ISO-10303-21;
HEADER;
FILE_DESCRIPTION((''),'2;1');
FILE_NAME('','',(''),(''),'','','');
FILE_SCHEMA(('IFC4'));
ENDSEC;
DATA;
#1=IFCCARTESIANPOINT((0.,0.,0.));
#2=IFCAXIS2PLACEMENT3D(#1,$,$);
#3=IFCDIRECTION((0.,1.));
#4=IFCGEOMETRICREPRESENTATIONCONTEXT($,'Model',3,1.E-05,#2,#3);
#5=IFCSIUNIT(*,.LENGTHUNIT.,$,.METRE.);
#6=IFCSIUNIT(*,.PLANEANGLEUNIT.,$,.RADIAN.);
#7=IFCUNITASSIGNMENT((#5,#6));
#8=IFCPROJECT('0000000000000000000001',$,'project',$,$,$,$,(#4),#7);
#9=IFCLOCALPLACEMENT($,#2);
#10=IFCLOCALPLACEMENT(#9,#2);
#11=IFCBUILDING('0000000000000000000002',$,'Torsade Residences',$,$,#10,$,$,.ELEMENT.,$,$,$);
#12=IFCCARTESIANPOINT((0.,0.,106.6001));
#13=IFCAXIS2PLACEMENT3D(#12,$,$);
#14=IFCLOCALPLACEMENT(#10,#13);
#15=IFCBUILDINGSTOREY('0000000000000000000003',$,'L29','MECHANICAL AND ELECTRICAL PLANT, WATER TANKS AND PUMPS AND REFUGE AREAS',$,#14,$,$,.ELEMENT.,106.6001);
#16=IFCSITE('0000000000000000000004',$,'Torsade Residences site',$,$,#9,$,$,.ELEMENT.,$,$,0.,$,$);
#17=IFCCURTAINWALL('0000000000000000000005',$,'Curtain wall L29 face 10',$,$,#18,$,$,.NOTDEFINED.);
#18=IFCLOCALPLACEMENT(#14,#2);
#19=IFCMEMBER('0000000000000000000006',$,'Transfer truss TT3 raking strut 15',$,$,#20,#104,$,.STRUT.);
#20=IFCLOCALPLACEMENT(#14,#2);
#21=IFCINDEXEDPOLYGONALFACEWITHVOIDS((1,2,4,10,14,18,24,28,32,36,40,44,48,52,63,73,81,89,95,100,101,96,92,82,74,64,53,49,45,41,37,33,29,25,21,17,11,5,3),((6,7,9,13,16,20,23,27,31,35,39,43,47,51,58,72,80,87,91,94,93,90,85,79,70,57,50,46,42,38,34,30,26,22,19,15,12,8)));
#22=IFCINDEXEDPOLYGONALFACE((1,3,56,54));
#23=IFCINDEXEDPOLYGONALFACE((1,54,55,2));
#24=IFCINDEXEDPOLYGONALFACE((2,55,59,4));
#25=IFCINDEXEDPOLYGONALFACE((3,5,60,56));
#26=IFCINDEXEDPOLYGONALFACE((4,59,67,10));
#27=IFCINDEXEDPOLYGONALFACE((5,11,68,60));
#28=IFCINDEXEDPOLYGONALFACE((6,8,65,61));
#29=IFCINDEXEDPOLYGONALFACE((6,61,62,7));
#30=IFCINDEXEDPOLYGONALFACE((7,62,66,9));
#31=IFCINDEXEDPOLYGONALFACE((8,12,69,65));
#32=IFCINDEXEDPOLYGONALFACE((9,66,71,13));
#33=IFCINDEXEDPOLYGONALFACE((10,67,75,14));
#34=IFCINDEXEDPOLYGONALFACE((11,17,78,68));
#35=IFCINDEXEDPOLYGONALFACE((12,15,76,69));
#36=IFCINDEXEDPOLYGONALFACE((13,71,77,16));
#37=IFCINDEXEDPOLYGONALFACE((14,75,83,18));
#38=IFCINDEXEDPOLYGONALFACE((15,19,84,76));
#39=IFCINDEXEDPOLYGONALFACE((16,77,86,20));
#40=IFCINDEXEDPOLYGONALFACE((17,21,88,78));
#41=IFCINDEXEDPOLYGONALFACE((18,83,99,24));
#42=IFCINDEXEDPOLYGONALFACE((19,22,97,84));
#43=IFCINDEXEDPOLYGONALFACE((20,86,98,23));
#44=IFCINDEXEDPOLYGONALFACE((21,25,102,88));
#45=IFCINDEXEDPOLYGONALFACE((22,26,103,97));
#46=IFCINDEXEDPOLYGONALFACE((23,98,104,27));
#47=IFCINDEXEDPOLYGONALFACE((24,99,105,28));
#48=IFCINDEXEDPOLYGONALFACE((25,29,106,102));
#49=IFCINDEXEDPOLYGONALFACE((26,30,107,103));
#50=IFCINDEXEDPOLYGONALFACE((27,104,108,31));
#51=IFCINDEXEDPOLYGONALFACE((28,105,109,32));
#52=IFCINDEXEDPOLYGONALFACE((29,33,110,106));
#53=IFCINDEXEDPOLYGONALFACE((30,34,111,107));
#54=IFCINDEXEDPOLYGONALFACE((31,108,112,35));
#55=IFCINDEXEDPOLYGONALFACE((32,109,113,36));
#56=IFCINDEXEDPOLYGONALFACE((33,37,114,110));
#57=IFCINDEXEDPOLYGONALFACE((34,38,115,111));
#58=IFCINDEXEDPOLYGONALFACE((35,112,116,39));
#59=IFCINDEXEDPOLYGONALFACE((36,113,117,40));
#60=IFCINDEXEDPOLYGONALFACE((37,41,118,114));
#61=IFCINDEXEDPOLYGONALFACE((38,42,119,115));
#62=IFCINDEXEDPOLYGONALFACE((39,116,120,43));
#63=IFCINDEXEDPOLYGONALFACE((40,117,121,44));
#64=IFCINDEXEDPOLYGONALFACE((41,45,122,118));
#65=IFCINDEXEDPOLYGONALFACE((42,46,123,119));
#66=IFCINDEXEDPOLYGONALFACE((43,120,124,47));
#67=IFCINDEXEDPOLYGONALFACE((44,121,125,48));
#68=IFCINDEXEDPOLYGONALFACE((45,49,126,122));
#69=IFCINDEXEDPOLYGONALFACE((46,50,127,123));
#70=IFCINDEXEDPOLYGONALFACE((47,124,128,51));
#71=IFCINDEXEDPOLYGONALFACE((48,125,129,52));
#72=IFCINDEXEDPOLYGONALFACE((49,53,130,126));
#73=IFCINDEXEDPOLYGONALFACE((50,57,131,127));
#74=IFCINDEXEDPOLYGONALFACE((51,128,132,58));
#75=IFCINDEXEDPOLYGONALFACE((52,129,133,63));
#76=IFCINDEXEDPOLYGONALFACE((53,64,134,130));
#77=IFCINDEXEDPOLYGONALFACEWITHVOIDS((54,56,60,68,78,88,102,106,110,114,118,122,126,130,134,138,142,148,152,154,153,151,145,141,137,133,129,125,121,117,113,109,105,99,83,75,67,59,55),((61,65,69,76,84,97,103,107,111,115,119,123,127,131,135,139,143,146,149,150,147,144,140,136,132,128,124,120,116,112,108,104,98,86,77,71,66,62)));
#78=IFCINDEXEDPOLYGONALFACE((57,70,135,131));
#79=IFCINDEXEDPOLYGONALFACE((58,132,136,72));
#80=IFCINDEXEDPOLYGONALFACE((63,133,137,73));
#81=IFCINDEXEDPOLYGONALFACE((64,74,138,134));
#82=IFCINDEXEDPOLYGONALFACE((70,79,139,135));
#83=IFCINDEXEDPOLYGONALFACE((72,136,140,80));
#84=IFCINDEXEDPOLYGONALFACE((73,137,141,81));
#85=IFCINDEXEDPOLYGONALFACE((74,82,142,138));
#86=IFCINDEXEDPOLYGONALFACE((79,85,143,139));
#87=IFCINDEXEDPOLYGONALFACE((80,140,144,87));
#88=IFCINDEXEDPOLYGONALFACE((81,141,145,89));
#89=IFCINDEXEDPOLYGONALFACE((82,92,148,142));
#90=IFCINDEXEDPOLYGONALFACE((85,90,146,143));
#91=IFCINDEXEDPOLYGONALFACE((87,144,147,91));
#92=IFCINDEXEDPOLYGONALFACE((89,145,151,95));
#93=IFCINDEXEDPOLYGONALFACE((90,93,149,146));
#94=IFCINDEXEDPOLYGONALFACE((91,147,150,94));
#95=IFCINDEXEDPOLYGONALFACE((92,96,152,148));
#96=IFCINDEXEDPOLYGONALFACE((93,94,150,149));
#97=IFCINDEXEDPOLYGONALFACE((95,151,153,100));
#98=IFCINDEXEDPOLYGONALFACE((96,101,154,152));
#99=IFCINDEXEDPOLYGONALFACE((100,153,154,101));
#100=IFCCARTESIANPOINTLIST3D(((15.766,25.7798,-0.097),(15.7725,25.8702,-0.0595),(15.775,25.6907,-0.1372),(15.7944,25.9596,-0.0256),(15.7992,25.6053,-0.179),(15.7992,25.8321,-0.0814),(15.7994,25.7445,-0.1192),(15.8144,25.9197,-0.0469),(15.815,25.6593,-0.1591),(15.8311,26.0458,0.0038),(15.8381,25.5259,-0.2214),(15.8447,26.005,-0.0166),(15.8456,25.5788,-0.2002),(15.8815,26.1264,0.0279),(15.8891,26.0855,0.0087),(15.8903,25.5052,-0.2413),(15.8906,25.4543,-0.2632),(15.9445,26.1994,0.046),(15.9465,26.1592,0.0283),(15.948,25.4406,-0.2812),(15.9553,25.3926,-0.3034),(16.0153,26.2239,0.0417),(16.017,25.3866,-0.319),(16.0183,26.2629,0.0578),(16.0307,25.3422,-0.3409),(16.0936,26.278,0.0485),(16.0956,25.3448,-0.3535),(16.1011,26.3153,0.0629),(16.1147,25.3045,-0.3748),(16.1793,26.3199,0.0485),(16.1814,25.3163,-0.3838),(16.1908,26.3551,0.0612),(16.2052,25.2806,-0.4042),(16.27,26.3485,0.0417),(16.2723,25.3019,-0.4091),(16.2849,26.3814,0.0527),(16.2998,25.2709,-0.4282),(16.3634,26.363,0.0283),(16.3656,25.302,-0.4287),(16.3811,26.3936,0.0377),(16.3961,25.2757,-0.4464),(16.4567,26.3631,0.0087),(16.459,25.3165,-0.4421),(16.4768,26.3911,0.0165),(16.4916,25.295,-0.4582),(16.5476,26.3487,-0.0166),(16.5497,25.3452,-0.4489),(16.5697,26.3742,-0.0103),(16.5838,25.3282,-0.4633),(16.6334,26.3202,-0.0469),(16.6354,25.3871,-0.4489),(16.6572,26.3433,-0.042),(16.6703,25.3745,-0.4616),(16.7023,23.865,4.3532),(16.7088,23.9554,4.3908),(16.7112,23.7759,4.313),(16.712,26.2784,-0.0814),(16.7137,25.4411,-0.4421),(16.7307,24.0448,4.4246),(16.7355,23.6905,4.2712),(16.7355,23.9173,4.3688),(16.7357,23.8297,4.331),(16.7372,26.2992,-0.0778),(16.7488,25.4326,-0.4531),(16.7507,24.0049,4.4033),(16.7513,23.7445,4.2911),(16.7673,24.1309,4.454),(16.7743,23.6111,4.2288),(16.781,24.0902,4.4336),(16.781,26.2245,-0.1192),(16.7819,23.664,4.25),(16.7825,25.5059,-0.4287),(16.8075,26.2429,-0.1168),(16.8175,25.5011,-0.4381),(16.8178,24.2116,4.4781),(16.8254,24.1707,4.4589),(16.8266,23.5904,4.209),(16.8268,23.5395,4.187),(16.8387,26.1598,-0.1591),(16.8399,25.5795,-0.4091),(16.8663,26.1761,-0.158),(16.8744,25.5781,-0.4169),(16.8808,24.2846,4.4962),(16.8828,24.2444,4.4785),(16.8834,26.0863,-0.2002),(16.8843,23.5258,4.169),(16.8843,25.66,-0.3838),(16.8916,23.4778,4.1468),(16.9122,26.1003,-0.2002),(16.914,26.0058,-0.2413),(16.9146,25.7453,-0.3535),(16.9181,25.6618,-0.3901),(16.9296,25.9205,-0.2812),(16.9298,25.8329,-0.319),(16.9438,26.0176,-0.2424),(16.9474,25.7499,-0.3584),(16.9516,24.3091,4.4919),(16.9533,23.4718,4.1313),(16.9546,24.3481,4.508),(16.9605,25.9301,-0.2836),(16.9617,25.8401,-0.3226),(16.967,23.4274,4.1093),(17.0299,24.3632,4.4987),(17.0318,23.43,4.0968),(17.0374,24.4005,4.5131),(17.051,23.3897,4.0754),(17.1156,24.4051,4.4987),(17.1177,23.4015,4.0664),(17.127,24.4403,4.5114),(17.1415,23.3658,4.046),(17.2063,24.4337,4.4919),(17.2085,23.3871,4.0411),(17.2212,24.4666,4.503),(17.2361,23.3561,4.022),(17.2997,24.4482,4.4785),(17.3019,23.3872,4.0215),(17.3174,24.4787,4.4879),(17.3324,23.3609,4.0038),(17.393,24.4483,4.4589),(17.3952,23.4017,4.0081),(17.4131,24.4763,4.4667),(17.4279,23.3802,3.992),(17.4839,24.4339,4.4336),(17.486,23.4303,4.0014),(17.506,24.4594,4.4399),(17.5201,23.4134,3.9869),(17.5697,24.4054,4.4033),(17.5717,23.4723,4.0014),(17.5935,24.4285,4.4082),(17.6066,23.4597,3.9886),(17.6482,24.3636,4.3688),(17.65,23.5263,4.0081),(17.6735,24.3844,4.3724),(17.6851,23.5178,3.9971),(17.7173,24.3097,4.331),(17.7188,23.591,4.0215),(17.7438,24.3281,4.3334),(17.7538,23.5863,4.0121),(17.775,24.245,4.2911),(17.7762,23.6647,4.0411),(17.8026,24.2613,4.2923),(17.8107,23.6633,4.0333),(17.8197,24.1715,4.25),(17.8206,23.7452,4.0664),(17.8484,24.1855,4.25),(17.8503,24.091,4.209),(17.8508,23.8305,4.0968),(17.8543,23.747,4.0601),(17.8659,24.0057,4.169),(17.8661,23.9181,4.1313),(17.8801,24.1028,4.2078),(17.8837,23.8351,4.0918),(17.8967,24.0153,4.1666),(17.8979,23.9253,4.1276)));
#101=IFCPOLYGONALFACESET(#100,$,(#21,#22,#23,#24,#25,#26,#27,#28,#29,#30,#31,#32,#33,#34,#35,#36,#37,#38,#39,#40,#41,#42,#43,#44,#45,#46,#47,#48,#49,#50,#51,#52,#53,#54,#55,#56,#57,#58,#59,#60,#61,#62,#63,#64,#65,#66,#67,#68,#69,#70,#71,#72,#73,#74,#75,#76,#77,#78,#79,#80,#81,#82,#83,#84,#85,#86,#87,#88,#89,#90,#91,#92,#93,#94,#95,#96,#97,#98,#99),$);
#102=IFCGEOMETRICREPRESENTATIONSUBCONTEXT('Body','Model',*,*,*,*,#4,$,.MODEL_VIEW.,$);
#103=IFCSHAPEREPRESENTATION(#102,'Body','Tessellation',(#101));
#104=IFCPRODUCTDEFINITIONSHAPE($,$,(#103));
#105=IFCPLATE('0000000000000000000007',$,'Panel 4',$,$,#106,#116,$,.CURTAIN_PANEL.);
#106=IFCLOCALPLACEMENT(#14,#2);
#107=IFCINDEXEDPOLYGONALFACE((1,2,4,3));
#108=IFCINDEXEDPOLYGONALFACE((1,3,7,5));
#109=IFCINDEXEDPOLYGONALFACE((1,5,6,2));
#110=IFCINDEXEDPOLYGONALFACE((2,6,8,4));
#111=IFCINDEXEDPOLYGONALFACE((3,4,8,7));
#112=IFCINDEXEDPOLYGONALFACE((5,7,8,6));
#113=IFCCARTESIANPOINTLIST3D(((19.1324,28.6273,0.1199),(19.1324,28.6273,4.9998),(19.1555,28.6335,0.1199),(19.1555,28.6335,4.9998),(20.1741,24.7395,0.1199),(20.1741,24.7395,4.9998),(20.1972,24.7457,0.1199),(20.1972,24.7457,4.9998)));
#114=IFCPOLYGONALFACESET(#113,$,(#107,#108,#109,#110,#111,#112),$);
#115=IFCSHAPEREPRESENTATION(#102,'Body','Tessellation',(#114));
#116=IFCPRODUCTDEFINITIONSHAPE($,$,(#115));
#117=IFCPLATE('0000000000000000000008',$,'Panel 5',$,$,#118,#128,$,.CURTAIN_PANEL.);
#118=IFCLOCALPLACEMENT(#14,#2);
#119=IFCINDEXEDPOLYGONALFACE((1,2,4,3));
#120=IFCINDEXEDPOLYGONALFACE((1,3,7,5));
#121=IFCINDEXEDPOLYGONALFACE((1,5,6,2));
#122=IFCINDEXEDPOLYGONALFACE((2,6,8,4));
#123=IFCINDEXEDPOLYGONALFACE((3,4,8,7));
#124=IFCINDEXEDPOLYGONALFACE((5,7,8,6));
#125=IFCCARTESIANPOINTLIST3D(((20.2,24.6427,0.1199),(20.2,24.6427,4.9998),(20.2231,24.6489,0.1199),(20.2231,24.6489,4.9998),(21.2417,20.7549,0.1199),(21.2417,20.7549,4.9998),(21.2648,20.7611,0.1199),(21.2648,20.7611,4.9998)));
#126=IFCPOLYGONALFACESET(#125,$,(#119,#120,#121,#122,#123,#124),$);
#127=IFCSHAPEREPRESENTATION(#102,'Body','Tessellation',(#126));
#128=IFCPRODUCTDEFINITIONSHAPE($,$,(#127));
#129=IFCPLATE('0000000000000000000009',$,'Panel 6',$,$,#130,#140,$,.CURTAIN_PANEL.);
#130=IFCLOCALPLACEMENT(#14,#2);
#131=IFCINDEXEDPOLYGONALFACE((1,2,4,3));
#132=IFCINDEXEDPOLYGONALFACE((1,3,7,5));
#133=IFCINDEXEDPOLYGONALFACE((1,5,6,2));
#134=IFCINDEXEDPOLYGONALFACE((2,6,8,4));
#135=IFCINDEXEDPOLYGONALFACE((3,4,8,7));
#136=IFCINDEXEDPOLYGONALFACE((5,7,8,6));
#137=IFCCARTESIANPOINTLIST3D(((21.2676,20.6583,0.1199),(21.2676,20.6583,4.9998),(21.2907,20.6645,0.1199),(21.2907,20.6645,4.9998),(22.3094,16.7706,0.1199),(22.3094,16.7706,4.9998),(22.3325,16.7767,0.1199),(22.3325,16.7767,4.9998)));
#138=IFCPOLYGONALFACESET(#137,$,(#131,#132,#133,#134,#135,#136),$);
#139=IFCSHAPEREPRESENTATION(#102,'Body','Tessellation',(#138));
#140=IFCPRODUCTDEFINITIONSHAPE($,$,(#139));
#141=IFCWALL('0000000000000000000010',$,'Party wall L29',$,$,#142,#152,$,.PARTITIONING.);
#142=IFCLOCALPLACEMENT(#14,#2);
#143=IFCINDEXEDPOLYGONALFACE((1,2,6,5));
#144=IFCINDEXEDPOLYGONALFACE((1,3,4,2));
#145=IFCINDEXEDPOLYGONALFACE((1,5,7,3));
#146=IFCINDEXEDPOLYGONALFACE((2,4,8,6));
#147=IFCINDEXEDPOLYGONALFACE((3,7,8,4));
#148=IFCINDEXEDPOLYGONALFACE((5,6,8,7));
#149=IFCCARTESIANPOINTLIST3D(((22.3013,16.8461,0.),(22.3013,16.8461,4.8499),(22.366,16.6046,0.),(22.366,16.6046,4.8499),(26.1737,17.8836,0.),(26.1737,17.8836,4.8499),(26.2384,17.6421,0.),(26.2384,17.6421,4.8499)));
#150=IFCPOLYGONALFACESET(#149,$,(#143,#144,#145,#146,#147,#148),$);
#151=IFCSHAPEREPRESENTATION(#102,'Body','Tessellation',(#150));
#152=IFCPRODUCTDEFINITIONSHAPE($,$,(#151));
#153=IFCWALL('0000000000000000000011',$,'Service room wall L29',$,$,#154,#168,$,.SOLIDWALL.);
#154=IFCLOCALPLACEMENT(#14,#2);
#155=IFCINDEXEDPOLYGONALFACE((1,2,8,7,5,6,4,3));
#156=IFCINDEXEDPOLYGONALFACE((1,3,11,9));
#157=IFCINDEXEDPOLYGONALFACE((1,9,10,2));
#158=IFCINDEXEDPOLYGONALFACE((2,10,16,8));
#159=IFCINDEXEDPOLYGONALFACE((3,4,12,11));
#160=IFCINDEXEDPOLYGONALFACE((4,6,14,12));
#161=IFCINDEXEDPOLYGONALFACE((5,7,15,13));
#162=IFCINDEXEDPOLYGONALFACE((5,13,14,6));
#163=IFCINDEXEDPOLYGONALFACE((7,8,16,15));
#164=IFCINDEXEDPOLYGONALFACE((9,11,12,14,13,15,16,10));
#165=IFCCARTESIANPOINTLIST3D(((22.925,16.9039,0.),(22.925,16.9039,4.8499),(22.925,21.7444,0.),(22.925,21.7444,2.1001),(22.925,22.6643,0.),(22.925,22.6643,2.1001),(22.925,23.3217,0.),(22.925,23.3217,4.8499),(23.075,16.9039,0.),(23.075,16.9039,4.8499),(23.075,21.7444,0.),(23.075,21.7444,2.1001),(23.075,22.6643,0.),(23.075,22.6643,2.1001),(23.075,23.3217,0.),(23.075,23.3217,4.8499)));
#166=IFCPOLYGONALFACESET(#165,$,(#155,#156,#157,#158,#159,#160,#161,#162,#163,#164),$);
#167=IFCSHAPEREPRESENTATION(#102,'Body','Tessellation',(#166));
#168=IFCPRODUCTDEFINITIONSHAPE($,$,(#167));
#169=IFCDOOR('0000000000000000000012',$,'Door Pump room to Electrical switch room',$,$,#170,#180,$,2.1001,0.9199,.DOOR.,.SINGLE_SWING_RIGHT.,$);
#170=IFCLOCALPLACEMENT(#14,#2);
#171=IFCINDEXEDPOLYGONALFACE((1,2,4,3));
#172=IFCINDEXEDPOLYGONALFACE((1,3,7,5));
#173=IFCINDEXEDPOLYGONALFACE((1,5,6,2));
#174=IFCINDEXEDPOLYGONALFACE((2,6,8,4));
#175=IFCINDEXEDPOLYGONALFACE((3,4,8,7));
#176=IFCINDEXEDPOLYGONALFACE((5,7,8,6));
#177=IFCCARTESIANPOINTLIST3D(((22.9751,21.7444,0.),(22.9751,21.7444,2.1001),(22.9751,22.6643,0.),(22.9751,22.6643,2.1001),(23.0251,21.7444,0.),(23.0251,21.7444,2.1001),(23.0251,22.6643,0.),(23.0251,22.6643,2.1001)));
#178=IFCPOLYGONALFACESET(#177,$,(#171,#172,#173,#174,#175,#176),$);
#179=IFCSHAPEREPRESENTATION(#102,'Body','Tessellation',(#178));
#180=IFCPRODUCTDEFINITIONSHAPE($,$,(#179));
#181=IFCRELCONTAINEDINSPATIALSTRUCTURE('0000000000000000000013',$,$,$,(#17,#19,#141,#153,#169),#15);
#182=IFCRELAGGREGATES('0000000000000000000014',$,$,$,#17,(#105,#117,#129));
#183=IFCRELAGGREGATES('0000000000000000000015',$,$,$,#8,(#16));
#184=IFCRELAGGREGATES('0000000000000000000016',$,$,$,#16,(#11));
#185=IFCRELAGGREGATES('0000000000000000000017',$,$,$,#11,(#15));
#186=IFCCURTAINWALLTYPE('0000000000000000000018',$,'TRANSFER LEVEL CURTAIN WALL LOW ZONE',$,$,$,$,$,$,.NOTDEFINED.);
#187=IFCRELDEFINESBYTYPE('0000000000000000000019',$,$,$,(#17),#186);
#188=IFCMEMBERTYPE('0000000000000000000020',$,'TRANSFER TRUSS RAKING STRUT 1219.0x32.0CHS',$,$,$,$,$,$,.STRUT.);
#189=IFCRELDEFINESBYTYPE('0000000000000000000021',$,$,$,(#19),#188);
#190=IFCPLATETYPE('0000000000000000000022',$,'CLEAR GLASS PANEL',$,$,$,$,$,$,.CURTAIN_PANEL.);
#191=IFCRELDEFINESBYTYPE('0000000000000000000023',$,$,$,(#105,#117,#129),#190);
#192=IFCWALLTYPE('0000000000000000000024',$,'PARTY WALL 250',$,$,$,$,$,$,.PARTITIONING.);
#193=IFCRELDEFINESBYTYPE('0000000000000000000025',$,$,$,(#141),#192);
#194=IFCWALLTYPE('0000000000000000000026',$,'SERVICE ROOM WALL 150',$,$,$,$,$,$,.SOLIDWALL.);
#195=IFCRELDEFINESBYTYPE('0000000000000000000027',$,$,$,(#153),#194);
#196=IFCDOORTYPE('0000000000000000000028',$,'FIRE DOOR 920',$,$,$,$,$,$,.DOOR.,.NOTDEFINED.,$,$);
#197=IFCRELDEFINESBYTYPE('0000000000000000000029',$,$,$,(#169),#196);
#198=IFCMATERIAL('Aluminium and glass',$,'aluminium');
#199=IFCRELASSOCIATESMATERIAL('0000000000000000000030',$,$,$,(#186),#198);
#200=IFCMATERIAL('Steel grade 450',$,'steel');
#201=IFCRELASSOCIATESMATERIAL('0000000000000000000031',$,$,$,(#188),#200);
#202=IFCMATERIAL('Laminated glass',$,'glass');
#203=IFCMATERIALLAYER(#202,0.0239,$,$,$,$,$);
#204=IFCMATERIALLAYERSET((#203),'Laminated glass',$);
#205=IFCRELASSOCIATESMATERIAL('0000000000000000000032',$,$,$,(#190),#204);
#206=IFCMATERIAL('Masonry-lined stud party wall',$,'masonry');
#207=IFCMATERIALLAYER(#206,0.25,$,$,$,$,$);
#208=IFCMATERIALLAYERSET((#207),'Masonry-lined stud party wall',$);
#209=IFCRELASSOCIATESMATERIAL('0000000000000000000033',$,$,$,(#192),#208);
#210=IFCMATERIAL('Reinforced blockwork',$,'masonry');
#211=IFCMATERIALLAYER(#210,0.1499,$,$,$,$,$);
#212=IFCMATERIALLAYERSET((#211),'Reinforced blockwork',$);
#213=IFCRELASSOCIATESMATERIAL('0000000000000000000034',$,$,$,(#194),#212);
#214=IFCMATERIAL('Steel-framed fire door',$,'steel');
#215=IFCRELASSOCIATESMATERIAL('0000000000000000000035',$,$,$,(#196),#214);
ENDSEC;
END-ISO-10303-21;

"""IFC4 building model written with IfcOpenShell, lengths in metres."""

from ifc_helpers import new_model, si_unit, direction, frame, frame_2d, origin, origin_2d, place, context, subcontext, project, spatial, rectangle, hollow_circle, extrude, material, layer, layer_set, material_profile, profile_set, type_object, element, fill, aggregate, save


model = new_model("IFC4")

# Units and contexts
model_context = context("Model", 3, precision=1e-05, world=origin(), true_north=direction((0.0, 1.0)))
body_context = subcontext(model_context, "Body", "Model", "MODEL_VIEW")
ifc_project = project(units=[si_unit("LENGTHUNIT", "METRE"), si_unit("PLANEANGLEUNIT", "RADIAN")], contexts=[model_context])

# Site, building, storey
site_placement = place(None, origin())
site = spatial("IfcSite", under=ifc_project, at=site_placement, Name="Torsade Residences site", CompositionType="ELEMENT", RefElevation=0.0)
building_placement = place(site_placement, origin())
building = spatial("IfcBuilding", under=site, at=building_placement, Name="Torsade Residences", CompositionType="ELEMENT")
storey_placement = place(building_placement, frame((0.0, 0.0, 106.6001)))
storey = spatial("IfcBuildingStorey", under=building, at=storey_placement, Name="L29", Description="MECHANICAL AND ELECTRICAL PLANT, WATER TANKS AND PUMPS AND REFUGE AREAS", CompositionType="ELEMENT", Elevation=106.6001)

# Curtain wall
ifc_material_1 = material(Name="Aluminium and glass", Category="aluminium")
curtain_wall_type = type_object("IfcCurtainWallType", Name="TRANSFER LEVEL CURTAIN WALL LOW ZONE", PredefinedType="NOTDEFINED", material=ifc_material_1)
curtain_wall_placement = place(storey_placement, origin())
curtain_wall = element("IfcCurtainWall", 1, at=curtain_wall_placement, inside=storey, type_object=curtain_wall_type, Name="Curtain wall L29 face 10", PredefinedType="NOTDEFINED")

# Member
ifc_material_2 = material(Name="Steel grade 450", Category="steel")
ifc_material_profile_1 = material_profile(ifc_material_2, hollow_circle(Radius=0.6096, WallThickness=0.032, at=origin_2d()), Name="1219.0x32.0CHS")
ifc_profile_set_1 = profile_set([ifc_material_profile_1], Name="Steel grade 450")
member_type_1 = type_object("IfcMemberType", Name="TRANSFER TRUSS RAKING STRUT 1219.0x32.0CHS", PredefinedType="STRUT", material=ifc_profile_set_1)
member_1_placement = place(storey_placement, frame((16.3645, 25.8325, -0.2002), z_axis=(0.189749, -0.388058, 0.90189), x_axis=(0.898355, 0.43927, 0.0)))
element("IfcMember", 2, at=member_1_placement, inside=storey, type_object=member_type_1, Name="Transfer truss TT3 raking strut 15", PredefinedType="STRUT", context=body_context, shape_type="SweptSolid", body=[
    extrude(hollow_circle(Radius=0.6096, WallThickness=0.032, at=origin_2d()), origin(), (0.0, 0.0, 1.0), 4.9343),
])

# Plates
ifc_material_3 = material(Name="Laminated glass", Category="glass")
ifc_layer_1 = layer(ifc_material_3, 0.0239)
ifc_layer_set_1 = layer_set([ifc_layer_1], Name="Laminated glass")
plate_type = type_object("IfcPlateType", Name="CLEAR GLASS PANEL", PredefinedType="CURTAIN_PANEL", material=ifc_layer_set_1)
plate_1_placement = place(storey_placement, frame((19.6648, 26.6865, 0.1199), z_axis=(0.0, 0.0, 1.0), x_axis=(0.258819, -0.965926, 0.0)))
plate_1 = element("IfcPlate", 3, at=plate_1_placement, type_object=plate_type, Name="Panel 4", PredefinedType="CURTAIN_PANEL", context=body_context, shape_type="SweptSolid", body=[
    extrude(rectangle(XDim=4.0249, YDim=0.0239, at=origin_2d()), origin(), (0.0, 0.0, 1.0), 4.8799),
])
plate_2_placement = place(storey_placement, frame((20.7324, 22.7019, 0.1199), z_axis=(0.0, 0.0, 1.0), x_axis=(0.258819, -0.965926, 0.0)))
plate_2 = element("IfcPlate", 4, at=plate_2_placement, type_object=plate_type, Name="Panel 5", PredefinedType="CURTAIN_PANEL", context=body_context, shape_type="SweptSolid", body=[
    extrude(rectangle(XDim=4.0249, YDim=0.0239, at=origin_2d()), origin(), (0.0, 0.0, 1.0), 4.8799),
])
plate_3_placement = place(storey_placement, frame((21.8, 18.7175, 0.1199), z_axis=(0.0, 0.0, 1.0), x_axis=(0.258819, -0.965926, 0.0)))
plate_3 = element("IfcPlate", 5, at=plate_3_placement, type_object=plate_type, Name="Panel 6", PredefinedType="CURTAIN_PANEL", context=body_context, shape_type="SweptSolid", body=[
    extrude(rectangle(XDim=4.0249, YDim=0.0239, at=origin_2d()), origin(), (0.0, 0.0, 1.0), 4.8799),
])
aggregate(curtain_wall, [plate_1, plate_2, plate_3])

# Wall
ifc_material_4 = material(Name="Masonry-lined stud party wall", Category="masonry")
ifc_layer_2 = layer(ifc_material_4, 0.25)
ifc_layer_set_2 = layer_set([ifc_layer_2], Name="Masonry-lined stud party wall")
wall_type_1 = type_object("IfcWallType", Name="PARTY WALL 250", PredefinedType="PARTITIONING", material=ifc_layer_set_2)
wall_1_placement = place(storey_placement, frame((22.3337, 16.7253, 0.0), z_axis=(0.0, 0.0, 1.0), x_axis=(0.965929, 0.258807, 0.0)))
element("IfcWall", 6, at=wall_1_placement, inside=storey, type_object=wall_type_1, Name="Party wall L29", PredefinedType="PARTITIONING", context=body_context, shape_type="SweptSolid", body=[
    extrude(rectangle(XDim=4.009, YDim=0.25, at=frame_2d((2.0044, 0.0))), origin(), (0.0, 0.0, 1.0), 4.8499),
])

# Wall, opening, door
ifc_material_5 = material(Name="Reinforced blockwork", Category="masonry")
ifc_layer_3 = layer(ifc_material_5, 0.1499)
ifc_layer_set_3 = layer_set([ifc_layer_3], Name="Reinforced blockwork")
wall_type_2 = type_object("IfcWallType", Name="SERVICE ROOM WALL 150", PredefinedType="SOLIDWALL", material=ifc_layer_set_3)
wall_2_placement = place(storey_placement, frame((23.0, 16.9038, 0.0), z_axis=(0.0, 0.0, 1.0), x_axis=(0.0, 1.0, 0.0)))
wall_2 = element("IfcWall", 7, at=wall_2_placement, inside=storey, type_object=wall_type_2, Name="Service room wall L29", PredefinedType="SOLIDWALL", context=body_context, shape_type="SweptSolid", body=[
    extrude(rectangle(XDim=6.4177, YDim=0.1499, at=frame_2d((3.209, 0.0))), origin(), (0.0, 0.0, 1.0), 4.8499),
])
opening_placement = place(wall_2_placement, frame((4.8406, 0.0, 0.0)))
opening = element("IfcOpeningElement", 8, at=opening_placement, cuts=wall_2, PredefinedType="OPENING", context=body_context, shape_type="SweptSolid", body=[
    extrude(rectangle(XDim=0.9199, YDim=2.1001, at=frame_2d((0.46, 1.05))), frame((0.0, 0.085, 0.0), z_axis=(0.0, -1.0, 0.0), x_axis=(1.0, 0.0, 0.0)), (0.0, 0.0, 1.0), 0.1699),
])
ifc_material_6 = material(Name="Steel-framed fire door", Category="steel")
door_type = type_object("IfcDoorType", Name="FIRE DOOR 920", OperationType="NOTDEFINED", PredefinedType="DOOR", material=ifc_material_6)
door_placement = place(opening_placement, origin())
door = element("IfcDoor", 9, at=door_placement, inside=storey, type_object=door_type, Name="Door Pump room to Electrical switch room", OperationType="SINGLE_SWING_RIGHT", OverallHeight=2.1001, OverallWidth=0.9199, PredefinedType="DOOR", context=body_context, shape_type="SweptSolid", body=[
    extrude(rectangle(XDim=0.9199, YDim=2.1001, at=frame_2d((0.46, 1.05))), frame((0.0, 0.0249, 0.0), z_axis=(0.0, -1.0, 0.0), x_axis=(1.0, 0.0, 0.0)), (0.0, 0.0, 1.0), 0.05),
])
fill(opening, door)

save(model, "model.ifc")
